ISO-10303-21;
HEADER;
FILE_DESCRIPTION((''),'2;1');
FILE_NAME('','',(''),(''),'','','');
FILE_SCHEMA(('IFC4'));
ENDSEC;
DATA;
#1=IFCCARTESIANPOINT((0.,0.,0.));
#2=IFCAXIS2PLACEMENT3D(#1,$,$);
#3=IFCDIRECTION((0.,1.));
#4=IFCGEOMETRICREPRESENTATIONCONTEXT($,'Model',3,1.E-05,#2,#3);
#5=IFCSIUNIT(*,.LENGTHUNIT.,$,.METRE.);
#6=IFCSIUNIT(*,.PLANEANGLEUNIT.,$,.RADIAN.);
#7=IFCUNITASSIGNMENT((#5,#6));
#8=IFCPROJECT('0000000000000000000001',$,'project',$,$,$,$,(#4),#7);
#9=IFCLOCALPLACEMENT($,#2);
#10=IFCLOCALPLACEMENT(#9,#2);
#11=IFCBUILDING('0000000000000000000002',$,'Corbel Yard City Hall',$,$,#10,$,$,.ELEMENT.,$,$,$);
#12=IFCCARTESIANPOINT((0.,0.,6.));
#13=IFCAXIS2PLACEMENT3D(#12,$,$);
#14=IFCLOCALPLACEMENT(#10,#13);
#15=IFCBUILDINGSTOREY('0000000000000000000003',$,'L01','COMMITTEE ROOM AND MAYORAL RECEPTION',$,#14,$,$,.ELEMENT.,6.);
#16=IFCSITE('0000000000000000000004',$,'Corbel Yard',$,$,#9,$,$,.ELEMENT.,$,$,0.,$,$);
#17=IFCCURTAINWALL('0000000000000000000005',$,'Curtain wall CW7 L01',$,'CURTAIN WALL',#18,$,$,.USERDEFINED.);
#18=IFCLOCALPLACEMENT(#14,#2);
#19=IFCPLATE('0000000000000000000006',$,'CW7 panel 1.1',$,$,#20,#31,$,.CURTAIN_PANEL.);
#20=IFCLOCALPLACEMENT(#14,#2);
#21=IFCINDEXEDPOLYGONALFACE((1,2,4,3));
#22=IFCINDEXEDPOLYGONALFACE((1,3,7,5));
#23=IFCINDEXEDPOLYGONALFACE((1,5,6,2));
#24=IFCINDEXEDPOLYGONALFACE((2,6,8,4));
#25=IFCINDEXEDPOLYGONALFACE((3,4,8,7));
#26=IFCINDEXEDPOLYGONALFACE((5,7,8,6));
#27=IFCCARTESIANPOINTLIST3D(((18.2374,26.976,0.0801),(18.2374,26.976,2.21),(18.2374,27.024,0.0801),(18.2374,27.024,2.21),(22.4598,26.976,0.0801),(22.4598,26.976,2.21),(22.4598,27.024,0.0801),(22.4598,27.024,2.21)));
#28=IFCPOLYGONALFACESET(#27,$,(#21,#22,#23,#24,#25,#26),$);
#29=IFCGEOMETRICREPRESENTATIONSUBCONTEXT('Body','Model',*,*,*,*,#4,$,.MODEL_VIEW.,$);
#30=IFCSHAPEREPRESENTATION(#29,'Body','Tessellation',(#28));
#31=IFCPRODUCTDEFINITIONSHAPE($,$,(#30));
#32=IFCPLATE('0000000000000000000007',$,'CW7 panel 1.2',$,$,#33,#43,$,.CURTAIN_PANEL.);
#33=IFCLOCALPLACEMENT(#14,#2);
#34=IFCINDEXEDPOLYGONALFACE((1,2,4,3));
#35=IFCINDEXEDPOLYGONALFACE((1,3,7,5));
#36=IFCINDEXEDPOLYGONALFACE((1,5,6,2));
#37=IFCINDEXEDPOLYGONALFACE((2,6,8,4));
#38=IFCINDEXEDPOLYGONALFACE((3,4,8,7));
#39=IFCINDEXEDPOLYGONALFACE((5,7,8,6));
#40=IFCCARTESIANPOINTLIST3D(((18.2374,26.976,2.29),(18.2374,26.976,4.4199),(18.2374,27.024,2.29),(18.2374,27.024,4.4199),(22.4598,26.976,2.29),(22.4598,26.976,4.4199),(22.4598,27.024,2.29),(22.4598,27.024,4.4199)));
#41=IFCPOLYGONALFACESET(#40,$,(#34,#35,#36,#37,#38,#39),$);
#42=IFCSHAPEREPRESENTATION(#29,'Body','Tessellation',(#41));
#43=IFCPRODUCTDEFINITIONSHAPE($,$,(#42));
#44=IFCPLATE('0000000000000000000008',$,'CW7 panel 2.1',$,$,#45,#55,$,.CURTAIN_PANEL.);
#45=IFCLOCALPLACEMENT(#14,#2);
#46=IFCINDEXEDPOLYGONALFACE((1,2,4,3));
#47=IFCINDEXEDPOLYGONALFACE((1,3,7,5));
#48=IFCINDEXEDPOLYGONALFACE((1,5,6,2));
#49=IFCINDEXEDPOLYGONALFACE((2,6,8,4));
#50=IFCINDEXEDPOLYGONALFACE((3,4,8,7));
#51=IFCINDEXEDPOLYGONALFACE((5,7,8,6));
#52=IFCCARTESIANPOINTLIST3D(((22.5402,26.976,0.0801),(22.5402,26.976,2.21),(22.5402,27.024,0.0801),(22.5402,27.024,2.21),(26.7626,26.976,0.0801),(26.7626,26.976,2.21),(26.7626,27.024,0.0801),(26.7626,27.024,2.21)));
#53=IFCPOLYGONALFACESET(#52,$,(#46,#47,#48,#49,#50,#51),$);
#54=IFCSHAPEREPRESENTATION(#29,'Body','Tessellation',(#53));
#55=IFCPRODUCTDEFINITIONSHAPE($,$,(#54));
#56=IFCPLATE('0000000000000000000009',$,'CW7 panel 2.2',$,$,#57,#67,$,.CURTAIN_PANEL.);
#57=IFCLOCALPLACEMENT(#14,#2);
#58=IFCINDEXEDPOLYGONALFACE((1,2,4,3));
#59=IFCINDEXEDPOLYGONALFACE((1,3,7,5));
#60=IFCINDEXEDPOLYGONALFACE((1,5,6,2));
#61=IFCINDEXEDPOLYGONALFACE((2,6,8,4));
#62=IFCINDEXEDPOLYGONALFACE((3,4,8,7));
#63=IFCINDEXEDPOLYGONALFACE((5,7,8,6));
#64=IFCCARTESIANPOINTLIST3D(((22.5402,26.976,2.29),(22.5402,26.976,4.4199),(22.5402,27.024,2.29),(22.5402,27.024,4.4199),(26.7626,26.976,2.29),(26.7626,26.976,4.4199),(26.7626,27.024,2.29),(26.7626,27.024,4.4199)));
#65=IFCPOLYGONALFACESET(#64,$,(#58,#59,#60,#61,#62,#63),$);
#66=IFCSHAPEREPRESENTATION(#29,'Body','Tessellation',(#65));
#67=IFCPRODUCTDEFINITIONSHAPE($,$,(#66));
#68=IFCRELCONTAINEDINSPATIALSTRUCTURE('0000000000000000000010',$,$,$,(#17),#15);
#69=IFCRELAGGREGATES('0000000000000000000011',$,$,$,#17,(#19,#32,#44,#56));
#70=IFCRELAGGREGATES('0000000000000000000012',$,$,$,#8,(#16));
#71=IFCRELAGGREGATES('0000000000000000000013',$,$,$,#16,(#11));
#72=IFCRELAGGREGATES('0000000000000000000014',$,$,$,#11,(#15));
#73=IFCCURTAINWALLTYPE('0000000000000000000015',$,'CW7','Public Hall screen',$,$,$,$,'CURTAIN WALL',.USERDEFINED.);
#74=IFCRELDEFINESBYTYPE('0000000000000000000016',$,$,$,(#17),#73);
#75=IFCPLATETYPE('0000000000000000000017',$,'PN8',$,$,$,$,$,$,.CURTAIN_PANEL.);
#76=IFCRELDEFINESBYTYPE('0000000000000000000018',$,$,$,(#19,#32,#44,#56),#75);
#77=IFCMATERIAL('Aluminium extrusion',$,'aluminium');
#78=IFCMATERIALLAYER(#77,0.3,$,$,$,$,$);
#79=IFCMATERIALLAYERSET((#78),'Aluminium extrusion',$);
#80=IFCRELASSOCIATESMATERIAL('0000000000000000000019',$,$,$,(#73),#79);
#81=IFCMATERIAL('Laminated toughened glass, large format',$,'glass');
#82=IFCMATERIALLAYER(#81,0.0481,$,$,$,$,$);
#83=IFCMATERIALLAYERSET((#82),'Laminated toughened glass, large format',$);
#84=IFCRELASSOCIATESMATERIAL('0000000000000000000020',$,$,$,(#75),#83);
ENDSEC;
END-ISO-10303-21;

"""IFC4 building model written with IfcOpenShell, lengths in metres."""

from ifc_helpers import new_model, si_unit, direction, frame, origin, origin_2d, place, context, subcontext, project, spatial, rectangle, extrude, material, layer, layer_set, type_object, element, aggregate, save


model = new_model("IFC4")

# Units and contexts
model_context = context("Model", 3, precision=1e-05, world=origin(), true_north=direction((0.0, 1.0)))
body_context = subcontext(model_context, "Body", "Model", "MODEL_VIEW")
ifc_project = project(units=[si_unit("LENGTHUNIT", "METRE"), si_unit("PLANEANGLEUNIT", "RADIAN")], contexts=[model_context])

# Site, building, storey
site_placement = place(None, origin())
site = spatial("IfcSite", under=ifc_project, at=site_placement, Name="Corbel Yard", CompositionType="ELEMENT", RefElevation=0.0)
building_placement = place(site_placement, origin())
building = spatial("IfcBuilding", under=site, at=building_placement, Name="Corbel Yard City Hall", CompositionType="ELEMENT")
storey_placement = place(building_placement, frame((0.0, 0.0, 6.0)))
storey = spatial("IfcBuildingStorey", under=building, at=storey_placement, Name="L01", Description="COMMITTEE ROOM AND MAYORAL RECEPTION", CompositionType="ELEMENT", Elevation=6.0)

# Curtain wall
ifc_material_1 = material(Name="Aluminium extrusion", Category="aluminium")
ifc_layer_1 = layer(ifc_material_1, 0.3)
ifc_layer_set_1 = layer_set([ifc_layer_1], Name="Aluminium extrusion")
curtain_wall_type_1 = type_object("IfcCurtainWallType", Name="CW7", Description="Public Hall screen", ElementType="CURTAIN WALL", PredefinedType="USERDEFINED", material=ifc_layer_set_1)
curtain_wall_1_placement = place(storey_placement, origin())
curtain_wall_1 = element("IfcCurtainWall", 1, at=curtain_wall_1_placement, inside=storey, type_object=curtain_wall_type_1, Name="Curtain wall CW7 L01", ObjectType="CURTAIN WALL", PredefinedType="USERDEFINED")

# Plates
ifc_material_2 = material(Name="Laminated toughened glass, large format", Category="glass")
ifc_layer_2 = layer(ifc_material_2, 0.0481)
ifc_layer_set_2 = layer_set([ifc_layer_2], Name="Laminated toughened glass, large format")
plate_type_1 = type_object("IfcPlateType", Name="PN8", PredefinedType="CURTAIN_PANEL", material=ifc_layer_set_2)
plate_1_placement = place(storey_placement, frame((20.3486, 27.0, 0.0801), z_axis=(0.0, 0.0, 1.0), x_axis=(1.0, 0.0, 0.0)))
plate_1 = element("IfcPlate", 2, at=plate_1_placement, type_object=plate_type_1, Name="CW7 panel 1.1", PredefinedType="CURTAIN_PANEL", context=body_context, shape_type="SweptSolid", body=[
    extrude(rectangle(XDim=4.2224, YDim=0.0481, at=origin_2d()), origin(), (0.0, 0.0, 1.0), 2.1299),
])
plate_2_placement = place(storey_placement, frame((20.3486, 27.0, 2.29), z_axis=(0.0, 0.0, 1.0), x_axis=(1.0, 0.0, 0.0)))
plate_2 = element("IfcPlate", 3, at=plate_2_placement, type_object=plate_type_1, Name="CW7 panel 1.2", PredefinedType="CURTAIN_PANEL", context=body_context, shape_type="SweptSolid", body=[
    extrude(rectangle(XDim=4.2224, YDim=0.0481, at=origin_2d()), origin(), (0.0, 0.0, 1.0), 2.1299),
])
plate_3_placement = place(storey_placement, frame((24.6514, 27.0, 0.0801), z_axis=(0.0, 0.0, 1.0), x_axis=(1.0, 0.0, 0.0)))
plate_3 = element("IfcPlate", 4, at=plate_3_placement, type_object=plate_type_1, Name="CW7 panel 2.1", PredefinedType="CURTAIN_PANEL", context=body_context, shape_type="SweptSolid", body=[
    extrude(rectangle(XDim=4.2224, YDim=0.0481, at=origin_2d()), origin(), (0.0, 0.0, 1.0), 2.1299),
])
plate_4_placement = place(storey_placement, frame((24.6514, 27.0, 2.29), z_axis=(0.0, 0.0, 1.0), x_axis=(1.0, 0.0, 0.0)))
plate_4 = element("IfcPlate", 5, at=plate_4_placement, type_object=plate_type_1, Name="CW7 panel 2.2", PredefinedType="CURTAIN_PANEL", context=body_context, shape_type="SweptSolid", body=[
    extrude(rectangle(XDim=4.2224, YDim=0.0481, at=origin_2d()), origin(), (0.0, 0.0, 1.0), 2.1299),
])
aggregate(curtain_wall_1, [plate_1, plate_2, plate_3, plate_4])

save(model, "model.ifc")
